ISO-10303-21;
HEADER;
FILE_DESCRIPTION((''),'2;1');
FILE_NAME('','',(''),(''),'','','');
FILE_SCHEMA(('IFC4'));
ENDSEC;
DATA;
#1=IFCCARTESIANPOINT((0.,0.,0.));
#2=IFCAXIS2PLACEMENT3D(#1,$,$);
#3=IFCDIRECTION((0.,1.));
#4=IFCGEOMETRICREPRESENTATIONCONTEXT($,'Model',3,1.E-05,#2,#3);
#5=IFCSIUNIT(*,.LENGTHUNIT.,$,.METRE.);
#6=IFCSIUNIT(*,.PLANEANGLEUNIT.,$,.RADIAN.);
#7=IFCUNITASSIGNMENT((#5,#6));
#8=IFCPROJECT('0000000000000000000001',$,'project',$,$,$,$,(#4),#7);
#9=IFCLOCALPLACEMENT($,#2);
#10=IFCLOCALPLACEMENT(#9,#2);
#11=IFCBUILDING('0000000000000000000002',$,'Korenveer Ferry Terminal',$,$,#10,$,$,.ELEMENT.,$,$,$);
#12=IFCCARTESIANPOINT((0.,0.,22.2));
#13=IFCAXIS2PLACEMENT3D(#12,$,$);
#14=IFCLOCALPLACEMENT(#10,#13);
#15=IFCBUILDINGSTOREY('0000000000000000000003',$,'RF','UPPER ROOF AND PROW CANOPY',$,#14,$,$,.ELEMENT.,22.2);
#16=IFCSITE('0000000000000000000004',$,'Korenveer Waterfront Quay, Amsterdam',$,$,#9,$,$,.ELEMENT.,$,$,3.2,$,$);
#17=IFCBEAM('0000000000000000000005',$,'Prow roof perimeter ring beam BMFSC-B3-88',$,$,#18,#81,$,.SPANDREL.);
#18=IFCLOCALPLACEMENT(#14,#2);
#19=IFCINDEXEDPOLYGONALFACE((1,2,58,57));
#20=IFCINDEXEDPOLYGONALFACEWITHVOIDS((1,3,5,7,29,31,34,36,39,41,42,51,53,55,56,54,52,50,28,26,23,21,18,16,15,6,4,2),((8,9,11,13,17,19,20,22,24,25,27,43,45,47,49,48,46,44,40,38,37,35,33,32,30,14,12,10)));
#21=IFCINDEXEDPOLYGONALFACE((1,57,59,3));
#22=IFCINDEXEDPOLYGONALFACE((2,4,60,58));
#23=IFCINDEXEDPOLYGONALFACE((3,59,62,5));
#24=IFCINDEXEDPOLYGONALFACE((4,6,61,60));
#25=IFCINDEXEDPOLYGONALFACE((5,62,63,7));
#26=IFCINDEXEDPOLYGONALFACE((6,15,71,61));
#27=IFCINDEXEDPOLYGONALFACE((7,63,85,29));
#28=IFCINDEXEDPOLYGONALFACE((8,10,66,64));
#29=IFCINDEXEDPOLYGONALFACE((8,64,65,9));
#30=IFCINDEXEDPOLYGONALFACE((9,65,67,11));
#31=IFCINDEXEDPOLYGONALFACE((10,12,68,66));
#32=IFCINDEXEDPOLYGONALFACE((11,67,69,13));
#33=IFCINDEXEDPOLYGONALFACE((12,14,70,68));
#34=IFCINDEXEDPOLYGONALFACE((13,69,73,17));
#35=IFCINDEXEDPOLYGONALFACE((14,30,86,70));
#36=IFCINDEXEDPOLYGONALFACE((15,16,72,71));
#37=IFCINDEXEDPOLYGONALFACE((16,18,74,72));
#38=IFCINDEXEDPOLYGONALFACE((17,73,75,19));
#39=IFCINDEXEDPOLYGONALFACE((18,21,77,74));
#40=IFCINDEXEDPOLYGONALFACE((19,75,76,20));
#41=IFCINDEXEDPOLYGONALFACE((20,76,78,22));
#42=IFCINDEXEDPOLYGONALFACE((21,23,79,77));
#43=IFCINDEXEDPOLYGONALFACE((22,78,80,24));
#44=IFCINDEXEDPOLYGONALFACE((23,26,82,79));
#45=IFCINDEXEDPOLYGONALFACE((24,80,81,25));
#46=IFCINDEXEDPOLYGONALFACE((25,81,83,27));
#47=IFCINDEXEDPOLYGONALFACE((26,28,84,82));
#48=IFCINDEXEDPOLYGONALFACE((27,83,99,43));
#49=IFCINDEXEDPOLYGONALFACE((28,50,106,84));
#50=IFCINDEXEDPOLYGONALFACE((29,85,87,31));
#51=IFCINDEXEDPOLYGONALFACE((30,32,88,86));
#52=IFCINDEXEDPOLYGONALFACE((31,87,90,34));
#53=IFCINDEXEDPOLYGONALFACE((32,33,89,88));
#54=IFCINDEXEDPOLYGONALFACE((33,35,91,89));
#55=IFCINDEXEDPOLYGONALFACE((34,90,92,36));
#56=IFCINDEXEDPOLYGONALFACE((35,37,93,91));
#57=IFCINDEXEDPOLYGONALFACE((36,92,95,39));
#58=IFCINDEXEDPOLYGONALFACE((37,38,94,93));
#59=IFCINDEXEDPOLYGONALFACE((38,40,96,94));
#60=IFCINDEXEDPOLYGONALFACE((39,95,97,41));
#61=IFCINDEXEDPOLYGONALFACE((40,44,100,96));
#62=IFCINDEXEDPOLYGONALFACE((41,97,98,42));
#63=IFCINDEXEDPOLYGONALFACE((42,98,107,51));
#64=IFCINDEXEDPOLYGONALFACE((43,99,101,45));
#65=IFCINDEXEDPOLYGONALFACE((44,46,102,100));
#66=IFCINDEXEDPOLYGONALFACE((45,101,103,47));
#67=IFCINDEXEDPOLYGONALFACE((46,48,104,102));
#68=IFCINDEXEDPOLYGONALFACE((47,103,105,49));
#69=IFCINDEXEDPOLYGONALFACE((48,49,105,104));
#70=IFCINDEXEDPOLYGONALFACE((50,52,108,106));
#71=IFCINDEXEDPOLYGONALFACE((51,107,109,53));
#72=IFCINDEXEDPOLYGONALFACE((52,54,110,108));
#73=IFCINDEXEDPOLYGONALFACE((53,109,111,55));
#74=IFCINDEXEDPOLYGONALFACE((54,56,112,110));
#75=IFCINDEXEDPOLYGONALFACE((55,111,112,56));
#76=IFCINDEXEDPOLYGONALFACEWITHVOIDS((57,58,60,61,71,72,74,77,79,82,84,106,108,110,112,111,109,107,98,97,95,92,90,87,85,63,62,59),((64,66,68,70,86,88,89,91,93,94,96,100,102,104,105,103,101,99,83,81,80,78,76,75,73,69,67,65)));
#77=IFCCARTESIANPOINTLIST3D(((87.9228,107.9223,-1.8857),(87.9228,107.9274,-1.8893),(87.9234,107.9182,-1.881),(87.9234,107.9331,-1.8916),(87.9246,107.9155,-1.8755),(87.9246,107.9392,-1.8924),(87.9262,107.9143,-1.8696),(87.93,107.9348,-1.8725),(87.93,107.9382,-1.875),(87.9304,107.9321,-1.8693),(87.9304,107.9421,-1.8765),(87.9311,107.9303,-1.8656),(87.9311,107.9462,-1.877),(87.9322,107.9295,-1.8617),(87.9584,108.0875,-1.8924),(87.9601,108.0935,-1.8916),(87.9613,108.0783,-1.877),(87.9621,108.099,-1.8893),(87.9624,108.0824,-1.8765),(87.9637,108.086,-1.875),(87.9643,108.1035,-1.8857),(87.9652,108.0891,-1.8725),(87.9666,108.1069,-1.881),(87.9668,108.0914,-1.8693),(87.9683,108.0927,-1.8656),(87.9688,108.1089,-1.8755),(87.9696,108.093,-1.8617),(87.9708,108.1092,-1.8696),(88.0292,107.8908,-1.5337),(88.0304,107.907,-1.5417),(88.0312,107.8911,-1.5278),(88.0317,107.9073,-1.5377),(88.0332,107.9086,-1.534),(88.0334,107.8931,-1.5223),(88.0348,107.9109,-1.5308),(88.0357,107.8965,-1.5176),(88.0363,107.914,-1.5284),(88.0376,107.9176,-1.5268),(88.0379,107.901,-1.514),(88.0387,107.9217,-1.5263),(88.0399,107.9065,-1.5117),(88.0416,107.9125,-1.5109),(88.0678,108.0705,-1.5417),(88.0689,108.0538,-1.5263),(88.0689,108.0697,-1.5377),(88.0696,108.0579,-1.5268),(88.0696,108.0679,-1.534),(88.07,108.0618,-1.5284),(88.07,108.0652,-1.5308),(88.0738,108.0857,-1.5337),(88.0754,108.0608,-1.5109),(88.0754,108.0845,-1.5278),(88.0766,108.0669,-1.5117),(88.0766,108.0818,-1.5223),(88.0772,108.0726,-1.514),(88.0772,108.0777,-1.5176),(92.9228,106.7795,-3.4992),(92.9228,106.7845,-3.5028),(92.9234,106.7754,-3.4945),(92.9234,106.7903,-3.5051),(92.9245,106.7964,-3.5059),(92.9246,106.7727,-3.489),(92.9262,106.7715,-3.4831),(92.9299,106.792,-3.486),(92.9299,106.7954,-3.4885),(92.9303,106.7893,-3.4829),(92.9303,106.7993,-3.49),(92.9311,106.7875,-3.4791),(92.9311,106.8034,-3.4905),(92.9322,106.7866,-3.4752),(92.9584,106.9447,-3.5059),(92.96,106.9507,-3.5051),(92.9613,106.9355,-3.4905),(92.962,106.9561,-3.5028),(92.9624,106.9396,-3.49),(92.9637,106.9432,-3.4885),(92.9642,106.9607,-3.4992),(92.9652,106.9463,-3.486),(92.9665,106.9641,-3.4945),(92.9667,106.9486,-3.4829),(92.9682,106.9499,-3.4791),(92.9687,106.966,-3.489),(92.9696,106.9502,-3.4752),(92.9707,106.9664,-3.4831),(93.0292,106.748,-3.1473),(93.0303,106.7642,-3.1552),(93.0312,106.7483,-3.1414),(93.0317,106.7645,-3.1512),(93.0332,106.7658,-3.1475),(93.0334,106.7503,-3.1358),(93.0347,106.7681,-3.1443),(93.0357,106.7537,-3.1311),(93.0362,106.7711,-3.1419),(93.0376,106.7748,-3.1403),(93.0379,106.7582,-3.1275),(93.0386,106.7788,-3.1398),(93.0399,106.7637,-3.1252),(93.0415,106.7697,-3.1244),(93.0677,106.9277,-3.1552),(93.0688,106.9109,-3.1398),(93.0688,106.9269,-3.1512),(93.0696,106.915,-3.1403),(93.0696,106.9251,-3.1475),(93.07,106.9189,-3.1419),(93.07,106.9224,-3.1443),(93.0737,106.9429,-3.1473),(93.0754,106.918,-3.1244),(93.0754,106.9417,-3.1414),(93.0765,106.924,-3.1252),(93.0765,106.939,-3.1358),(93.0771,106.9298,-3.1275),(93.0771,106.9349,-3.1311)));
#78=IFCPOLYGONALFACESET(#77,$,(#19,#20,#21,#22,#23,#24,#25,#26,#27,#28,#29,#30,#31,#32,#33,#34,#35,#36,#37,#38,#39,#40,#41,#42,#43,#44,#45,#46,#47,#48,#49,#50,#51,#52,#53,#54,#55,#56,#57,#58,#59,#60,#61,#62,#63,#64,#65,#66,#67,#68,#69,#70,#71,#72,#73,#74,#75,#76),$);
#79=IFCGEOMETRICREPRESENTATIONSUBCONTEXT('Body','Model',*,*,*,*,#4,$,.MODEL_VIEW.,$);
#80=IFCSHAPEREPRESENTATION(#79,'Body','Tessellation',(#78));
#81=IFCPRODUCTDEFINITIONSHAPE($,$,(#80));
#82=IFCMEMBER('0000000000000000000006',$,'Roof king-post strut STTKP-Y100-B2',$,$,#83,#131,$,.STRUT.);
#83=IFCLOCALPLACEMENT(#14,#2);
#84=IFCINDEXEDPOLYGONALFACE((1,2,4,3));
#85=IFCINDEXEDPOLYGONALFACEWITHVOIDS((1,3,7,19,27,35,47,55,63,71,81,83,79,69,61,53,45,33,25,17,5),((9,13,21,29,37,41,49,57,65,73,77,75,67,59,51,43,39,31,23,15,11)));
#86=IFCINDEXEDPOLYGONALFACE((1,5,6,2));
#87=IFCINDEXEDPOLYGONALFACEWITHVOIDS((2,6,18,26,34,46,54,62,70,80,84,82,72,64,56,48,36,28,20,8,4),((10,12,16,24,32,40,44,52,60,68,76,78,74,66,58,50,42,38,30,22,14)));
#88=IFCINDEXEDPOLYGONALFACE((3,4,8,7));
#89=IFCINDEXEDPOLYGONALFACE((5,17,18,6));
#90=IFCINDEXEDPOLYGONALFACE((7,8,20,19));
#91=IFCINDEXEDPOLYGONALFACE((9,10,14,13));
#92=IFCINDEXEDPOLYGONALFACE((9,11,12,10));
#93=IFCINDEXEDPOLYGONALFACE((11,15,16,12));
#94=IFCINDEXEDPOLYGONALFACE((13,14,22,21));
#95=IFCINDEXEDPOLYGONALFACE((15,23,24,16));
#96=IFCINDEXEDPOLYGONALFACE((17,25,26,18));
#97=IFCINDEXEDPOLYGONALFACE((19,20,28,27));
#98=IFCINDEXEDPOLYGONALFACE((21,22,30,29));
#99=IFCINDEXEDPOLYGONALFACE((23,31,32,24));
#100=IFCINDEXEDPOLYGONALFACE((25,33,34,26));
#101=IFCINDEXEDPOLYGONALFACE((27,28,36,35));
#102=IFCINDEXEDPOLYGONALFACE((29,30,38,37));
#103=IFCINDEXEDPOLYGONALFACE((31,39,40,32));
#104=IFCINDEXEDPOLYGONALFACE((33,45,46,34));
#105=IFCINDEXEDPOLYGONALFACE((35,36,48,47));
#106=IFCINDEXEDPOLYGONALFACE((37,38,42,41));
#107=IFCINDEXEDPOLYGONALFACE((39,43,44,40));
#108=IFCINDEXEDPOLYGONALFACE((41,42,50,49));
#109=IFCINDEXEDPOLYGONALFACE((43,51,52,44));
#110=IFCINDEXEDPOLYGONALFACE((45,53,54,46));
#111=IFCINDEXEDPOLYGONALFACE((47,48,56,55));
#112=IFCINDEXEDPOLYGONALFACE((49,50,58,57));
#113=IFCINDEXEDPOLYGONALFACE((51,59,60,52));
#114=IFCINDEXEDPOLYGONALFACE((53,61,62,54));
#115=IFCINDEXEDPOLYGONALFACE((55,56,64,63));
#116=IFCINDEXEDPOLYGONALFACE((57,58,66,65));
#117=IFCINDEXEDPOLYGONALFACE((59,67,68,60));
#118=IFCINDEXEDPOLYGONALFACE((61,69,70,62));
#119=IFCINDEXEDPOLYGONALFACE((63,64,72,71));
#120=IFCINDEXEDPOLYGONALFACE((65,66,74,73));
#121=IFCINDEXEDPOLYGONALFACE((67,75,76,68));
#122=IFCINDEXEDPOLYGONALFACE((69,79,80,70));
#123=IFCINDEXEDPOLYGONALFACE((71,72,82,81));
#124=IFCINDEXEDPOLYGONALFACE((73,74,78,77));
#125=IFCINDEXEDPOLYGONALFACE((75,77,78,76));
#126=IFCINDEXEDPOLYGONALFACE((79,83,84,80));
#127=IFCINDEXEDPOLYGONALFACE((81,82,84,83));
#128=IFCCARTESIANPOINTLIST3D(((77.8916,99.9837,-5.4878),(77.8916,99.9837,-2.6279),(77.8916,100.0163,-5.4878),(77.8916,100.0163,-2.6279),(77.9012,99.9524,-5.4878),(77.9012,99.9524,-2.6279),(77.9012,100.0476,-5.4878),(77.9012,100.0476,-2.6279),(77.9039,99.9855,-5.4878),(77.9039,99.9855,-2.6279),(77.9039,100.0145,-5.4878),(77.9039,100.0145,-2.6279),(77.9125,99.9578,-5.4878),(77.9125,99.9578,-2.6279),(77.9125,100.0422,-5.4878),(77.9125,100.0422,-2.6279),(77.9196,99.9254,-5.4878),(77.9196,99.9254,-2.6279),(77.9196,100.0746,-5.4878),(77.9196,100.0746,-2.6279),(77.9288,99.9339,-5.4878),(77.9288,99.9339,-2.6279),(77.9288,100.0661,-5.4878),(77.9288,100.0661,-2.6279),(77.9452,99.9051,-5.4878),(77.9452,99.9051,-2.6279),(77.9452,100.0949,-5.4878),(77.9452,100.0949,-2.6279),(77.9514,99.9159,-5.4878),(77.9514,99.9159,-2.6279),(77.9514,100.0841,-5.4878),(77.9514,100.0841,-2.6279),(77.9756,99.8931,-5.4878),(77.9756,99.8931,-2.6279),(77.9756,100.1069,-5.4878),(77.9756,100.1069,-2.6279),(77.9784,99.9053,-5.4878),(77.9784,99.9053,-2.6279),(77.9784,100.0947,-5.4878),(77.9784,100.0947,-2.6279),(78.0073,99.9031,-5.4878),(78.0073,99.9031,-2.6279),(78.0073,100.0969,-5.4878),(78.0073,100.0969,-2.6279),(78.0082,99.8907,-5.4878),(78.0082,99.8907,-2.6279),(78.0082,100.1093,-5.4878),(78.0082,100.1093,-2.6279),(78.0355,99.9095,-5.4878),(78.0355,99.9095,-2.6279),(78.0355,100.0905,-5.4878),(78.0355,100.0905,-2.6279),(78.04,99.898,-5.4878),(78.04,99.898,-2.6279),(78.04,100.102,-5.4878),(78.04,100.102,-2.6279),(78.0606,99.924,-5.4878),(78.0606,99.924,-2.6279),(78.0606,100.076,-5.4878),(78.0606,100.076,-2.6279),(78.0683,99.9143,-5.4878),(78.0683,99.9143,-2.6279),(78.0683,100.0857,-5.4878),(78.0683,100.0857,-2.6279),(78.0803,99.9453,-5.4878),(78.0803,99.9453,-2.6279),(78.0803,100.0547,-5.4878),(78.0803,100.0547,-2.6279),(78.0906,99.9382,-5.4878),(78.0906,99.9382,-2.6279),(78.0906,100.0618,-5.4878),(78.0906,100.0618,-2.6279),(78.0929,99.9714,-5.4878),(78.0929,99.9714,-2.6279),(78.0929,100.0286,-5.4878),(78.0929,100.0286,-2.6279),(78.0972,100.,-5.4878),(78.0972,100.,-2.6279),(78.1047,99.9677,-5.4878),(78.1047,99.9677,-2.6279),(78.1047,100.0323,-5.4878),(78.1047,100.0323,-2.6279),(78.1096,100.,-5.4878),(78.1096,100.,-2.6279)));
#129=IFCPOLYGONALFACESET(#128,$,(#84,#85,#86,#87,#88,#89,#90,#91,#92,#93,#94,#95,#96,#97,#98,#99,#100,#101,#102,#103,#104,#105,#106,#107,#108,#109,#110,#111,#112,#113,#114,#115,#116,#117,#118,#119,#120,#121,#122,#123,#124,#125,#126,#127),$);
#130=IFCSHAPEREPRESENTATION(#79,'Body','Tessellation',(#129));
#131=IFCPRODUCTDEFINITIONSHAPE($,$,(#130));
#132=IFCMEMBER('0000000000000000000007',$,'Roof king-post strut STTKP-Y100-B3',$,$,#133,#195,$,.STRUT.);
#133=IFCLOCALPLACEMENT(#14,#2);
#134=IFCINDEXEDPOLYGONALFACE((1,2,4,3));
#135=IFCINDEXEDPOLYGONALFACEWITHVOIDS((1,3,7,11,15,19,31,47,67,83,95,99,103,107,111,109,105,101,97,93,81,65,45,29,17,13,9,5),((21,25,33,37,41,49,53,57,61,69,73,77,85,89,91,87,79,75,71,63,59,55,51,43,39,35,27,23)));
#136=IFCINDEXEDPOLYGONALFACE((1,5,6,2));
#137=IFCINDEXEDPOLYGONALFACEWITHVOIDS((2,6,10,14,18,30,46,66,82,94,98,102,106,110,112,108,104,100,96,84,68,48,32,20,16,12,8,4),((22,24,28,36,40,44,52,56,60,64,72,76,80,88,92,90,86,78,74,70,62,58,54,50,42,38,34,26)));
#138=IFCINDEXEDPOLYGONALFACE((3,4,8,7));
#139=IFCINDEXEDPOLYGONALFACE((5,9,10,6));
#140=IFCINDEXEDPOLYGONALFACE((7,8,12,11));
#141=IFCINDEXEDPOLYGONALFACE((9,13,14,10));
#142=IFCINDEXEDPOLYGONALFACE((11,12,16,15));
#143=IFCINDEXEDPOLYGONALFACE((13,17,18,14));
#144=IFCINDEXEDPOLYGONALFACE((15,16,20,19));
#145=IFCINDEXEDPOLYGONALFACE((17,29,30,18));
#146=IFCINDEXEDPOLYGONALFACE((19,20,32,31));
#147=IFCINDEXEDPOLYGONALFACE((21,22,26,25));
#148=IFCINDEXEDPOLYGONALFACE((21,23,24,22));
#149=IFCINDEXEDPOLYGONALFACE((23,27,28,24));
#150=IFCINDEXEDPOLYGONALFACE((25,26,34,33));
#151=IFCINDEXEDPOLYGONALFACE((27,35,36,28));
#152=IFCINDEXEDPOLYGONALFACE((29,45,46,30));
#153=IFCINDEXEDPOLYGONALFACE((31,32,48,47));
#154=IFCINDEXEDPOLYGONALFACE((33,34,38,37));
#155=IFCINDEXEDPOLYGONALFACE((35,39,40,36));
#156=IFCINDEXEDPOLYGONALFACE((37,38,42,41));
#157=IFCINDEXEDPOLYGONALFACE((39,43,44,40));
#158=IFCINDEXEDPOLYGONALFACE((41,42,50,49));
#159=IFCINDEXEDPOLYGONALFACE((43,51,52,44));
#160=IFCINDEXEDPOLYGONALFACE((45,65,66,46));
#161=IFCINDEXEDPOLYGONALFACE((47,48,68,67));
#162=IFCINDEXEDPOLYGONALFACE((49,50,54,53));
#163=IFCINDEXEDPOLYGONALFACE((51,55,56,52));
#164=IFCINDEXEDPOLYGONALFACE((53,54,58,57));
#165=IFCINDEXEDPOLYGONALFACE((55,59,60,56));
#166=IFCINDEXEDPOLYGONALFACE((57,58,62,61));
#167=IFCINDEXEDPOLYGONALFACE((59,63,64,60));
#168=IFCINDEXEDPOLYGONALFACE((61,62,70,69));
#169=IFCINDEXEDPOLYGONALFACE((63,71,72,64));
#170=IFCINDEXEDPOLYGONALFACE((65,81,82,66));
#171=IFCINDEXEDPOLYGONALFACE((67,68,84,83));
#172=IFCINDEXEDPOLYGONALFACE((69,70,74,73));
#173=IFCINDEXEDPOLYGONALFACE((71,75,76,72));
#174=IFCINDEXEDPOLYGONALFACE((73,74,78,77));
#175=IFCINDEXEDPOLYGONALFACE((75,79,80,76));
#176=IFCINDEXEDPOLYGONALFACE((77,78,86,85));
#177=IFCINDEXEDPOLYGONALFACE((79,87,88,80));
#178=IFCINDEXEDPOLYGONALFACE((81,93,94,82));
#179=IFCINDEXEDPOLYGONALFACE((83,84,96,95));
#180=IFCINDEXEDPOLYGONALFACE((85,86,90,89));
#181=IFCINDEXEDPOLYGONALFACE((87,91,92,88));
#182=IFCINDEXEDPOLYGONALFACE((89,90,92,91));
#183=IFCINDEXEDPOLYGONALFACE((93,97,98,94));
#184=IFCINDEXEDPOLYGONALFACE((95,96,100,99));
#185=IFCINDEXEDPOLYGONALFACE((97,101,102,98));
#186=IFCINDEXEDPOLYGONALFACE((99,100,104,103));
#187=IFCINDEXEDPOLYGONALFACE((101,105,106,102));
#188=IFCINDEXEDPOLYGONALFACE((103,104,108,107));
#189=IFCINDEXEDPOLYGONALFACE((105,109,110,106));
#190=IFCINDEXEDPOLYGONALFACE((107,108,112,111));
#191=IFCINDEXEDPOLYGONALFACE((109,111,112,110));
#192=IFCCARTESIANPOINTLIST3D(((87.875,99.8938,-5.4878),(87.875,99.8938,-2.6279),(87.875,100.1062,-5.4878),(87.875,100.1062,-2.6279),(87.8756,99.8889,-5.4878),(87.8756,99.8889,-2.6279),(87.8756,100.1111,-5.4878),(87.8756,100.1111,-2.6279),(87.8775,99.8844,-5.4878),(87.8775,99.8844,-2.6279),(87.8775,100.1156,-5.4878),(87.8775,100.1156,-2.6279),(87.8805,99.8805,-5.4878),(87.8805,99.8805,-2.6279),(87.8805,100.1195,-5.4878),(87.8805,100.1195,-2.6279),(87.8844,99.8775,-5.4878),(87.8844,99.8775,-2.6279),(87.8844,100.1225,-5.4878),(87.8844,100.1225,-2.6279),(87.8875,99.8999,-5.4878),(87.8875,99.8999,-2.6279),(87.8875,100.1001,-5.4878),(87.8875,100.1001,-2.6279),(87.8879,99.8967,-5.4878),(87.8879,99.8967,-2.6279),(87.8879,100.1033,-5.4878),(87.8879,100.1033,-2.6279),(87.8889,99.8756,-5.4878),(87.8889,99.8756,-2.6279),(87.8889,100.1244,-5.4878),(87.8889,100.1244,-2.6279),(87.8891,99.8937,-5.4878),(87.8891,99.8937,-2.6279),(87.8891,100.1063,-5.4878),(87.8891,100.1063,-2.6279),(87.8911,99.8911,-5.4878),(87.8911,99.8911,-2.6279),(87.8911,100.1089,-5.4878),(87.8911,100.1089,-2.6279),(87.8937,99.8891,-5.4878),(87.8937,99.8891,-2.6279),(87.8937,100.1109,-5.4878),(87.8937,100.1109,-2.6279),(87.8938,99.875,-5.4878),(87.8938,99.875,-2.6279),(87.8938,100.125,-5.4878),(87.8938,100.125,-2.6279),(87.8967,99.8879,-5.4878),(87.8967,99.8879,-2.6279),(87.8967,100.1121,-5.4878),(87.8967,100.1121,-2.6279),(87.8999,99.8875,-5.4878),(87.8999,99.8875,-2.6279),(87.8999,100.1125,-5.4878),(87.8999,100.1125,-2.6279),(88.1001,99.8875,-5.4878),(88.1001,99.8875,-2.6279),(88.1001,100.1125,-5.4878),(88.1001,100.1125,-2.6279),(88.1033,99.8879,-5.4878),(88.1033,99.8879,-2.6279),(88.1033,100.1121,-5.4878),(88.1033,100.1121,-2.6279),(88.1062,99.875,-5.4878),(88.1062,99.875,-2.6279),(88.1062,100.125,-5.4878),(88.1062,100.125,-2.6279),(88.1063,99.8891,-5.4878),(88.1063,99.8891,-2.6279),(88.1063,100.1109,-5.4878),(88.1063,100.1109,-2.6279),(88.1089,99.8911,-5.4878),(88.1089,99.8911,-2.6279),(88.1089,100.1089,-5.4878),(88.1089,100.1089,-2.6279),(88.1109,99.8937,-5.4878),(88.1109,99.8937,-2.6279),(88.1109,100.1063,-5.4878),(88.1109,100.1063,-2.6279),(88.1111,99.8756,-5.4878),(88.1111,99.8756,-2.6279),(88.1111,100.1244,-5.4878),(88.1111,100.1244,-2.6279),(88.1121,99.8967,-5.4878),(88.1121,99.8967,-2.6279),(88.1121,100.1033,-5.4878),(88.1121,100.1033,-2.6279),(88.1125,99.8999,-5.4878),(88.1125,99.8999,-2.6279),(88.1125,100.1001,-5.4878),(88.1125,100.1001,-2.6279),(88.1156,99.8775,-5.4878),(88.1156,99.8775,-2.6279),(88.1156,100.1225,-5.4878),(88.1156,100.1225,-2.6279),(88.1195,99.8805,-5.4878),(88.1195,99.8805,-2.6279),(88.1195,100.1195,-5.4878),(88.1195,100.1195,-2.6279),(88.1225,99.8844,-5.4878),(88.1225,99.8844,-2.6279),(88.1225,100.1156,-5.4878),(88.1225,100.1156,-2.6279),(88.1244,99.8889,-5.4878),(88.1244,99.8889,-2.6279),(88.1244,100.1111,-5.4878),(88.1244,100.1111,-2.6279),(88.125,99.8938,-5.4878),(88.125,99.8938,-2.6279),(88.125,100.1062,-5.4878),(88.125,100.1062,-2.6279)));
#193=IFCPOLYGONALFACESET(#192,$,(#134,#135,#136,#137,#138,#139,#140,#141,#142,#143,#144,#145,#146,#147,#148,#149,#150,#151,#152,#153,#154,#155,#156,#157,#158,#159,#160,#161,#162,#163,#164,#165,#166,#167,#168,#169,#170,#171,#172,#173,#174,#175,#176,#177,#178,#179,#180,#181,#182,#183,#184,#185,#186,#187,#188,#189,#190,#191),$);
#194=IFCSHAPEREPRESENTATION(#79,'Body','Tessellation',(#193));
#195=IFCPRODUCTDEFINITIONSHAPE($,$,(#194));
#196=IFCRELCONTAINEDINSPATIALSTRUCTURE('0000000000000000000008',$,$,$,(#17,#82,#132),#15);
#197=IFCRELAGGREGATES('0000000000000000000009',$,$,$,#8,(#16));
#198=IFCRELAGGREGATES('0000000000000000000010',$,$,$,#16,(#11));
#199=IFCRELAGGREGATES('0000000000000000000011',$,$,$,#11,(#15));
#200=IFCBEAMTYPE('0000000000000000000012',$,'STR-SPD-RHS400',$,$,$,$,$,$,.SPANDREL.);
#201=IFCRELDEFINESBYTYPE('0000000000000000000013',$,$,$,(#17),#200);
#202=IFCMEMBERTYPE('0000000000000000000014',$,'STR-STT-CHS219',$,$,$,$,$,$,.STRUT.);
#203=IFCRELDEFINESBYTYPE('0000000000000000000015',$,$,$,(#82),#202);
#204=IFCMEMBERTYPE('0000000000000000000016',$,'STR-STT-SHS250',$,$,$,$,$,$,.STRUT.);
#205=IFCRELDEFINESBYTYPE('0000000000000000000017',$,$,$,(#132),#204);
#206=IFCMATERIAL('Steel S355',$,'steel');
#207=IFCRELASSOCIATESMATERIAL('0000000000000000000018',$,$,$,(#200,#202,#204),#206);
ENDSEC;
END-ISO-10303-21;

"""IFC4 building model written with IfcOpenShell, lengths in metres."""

from ifc_helpers import new_model, si_unit, direction, frame, origin, origin_2d, place, context, subcontext, project, spatial, hollow_rectangle, hollow_circle, extrude, material, material_profile, profile_set, type_object, element, save


model = new_model("IFC4")

# Units and contexts
model_context = context("Model", 3, precision=1e-05, world=origin(), true_north=direction((0.0, 1.0)))
body_context = subcontext(model_context, "Body", "Model", "MODEL_VIEW")
ifc_project = project(units=[si_unit("LENGTHUNIT", "METRE"), si_unit("PLANEANGLEUNIT", "RADIAN")], contexts=[model_context])

# Site, building, storey
site_placement = place(None, origin())
site = spatial("IfcSite", under=ifc_project, at=site_placement, Name="Korenveer Waterfront Quay, Amsterdam", CompositionType="ELEMENT", RefElevation=3.2)
building_placement = place(site_placement, origin())
building = spatial("IfcBuilding", under=site, at=building_placement, Name="Korenveer Ferry Terminal", CompositionType="ELEMENT")
storey_placement = place(building_placement, frame((0.0, 0.0, 22.2)))
storey = spatial("IfcBuildingStorey", under=building, at=storey_placement, Name="RF", Description="UPPER ROOF AND PROW CANOPY", CompositionType="ELEMENT", Elevation=22.2)

# Shared definitions
ifc_material_1 = material(Name="Steel S355", Category="steel")

# Beam
ifc_material_profile_1 = material_profile(ifc_material_1, hollow_rectangle(XDim=0.2, YDim=0.3999, WallThickness=0.0161, InnerFilletRadius=0.0161, OuterFilletRadius=0.0239, at=origin_2d()), Name="RHS 400x200x16")
ifc_profile_set_1 = profile_set([ifc_material_profile_1], Name="Steel S355")
beam_type_1 = type_object("IfcBeamType", Name="STR-SPD-RHS400", PredefinedType="SPANDREL", material=ifc_profile_set_1)
for number, where, z_axis, x_axis, name in (
    (1, (88.0, 108.0, -1.7017), (0.929929, -0.212549, -0.300093), (0.222818, 0.97486, 0.0), "Prow roof perimeter ring beam BMFSC-B3-88"),
):
    element("IfcBeam", number, at=place(storey_placement, frame(where, z_axis=z_axis, x_axis=x_axis)), inside=storey, type_object=beam_type_1, Name=name, PredefinedType="SPANDREL", context=body_context, shape_type="SweptSolid", body=[
        extrude(hollow_rectangle(XDim=0.2, YDim=0.3999, WallThickness=0.0161, InnerFilletRadius=0.0161, OuterFilletRadius=0.0239, at=origin_2d()), origin(), (0.0, 0.0, 1.0), 5.3767),
    ])

# Members
ifc_material_profile_2 = material_profile(ifc_material_1, hollow_circle(Radius=0.1096, WallThickness=0.0125, at=origin_2d()), Name="CHS 219.1x12.5")
ifc_profile_set_2 = profile_set([ifc_material_profile_2], Name="Steel S355")
member_type_1 = type_object("IfcMemberType", Name="STR-STT-CHS219", PredefinedType="STRUT", material=ifc_profile_set_2)
member_1_placement = place(storey_placement, frame((78.0, 100.0, -5.4878), z_axis=(0.0, 0.0, 1.0), x_axis=(1.0, 0.0, 0.0)))
element("IfcMember", 2, at=member_1_placement, inside=storey, type_object=member_type_1, Name="Roof king-post strut STTKP-Y100-B2", PredefinedType="STRUT", context=body_context, shape_type="SweptSolid", body=[
    extrude(hollow_circle(Radius=0.1096, WallThickness=0.0125, at=origin_2d()), origin(), (0.0, 0.0, 1.0), 2.8599),
])
ifc_material_profile_3 = material_profile(ifc_material_1, hollow_rectangle(XDim=0.25, YDim=0.25, WallThickness=0.0125, InnerFilletRadius=0.0125, OuterFilletRadius=0.0188, at=origin_2d()), Name="SHS 250x250x12.5")
ifc_profile_set_3 = profile_set([ifc_material_profile_3], Name="Steel S355")
member_type_2 = type_object("IfcMemberType", Name="STR-STT-SHS250", PredefinedType="STRUT", material=ifc_profile_set_3)
member_2_placement = place(storey_placement, frame((88.0, 100.0, -5.4878), z_axis=(0.0, 0.0, 1.0), x_axis=(1.0, 0.0, 0.0)))
element("IfcMember", 3, at=member_2_placement, inside=storey, type_object=member_type_2, Name="Roof king-post strut STTKP-Y100-B3", PredefinedType="STRUT", context=body_context, shape_type="SweptSolid", body=[
    extrude(hollow_rectangle(XDim=0.25, YDim=0.25, WallThickness=0.0125, InnerFilletRadius=0.0125, OuterFilletRadius=0.0188, at=origin_2d()), origin(), (0.0, 0.0, 1.0), 2.8599),
])

save(model, "model.ifc")
